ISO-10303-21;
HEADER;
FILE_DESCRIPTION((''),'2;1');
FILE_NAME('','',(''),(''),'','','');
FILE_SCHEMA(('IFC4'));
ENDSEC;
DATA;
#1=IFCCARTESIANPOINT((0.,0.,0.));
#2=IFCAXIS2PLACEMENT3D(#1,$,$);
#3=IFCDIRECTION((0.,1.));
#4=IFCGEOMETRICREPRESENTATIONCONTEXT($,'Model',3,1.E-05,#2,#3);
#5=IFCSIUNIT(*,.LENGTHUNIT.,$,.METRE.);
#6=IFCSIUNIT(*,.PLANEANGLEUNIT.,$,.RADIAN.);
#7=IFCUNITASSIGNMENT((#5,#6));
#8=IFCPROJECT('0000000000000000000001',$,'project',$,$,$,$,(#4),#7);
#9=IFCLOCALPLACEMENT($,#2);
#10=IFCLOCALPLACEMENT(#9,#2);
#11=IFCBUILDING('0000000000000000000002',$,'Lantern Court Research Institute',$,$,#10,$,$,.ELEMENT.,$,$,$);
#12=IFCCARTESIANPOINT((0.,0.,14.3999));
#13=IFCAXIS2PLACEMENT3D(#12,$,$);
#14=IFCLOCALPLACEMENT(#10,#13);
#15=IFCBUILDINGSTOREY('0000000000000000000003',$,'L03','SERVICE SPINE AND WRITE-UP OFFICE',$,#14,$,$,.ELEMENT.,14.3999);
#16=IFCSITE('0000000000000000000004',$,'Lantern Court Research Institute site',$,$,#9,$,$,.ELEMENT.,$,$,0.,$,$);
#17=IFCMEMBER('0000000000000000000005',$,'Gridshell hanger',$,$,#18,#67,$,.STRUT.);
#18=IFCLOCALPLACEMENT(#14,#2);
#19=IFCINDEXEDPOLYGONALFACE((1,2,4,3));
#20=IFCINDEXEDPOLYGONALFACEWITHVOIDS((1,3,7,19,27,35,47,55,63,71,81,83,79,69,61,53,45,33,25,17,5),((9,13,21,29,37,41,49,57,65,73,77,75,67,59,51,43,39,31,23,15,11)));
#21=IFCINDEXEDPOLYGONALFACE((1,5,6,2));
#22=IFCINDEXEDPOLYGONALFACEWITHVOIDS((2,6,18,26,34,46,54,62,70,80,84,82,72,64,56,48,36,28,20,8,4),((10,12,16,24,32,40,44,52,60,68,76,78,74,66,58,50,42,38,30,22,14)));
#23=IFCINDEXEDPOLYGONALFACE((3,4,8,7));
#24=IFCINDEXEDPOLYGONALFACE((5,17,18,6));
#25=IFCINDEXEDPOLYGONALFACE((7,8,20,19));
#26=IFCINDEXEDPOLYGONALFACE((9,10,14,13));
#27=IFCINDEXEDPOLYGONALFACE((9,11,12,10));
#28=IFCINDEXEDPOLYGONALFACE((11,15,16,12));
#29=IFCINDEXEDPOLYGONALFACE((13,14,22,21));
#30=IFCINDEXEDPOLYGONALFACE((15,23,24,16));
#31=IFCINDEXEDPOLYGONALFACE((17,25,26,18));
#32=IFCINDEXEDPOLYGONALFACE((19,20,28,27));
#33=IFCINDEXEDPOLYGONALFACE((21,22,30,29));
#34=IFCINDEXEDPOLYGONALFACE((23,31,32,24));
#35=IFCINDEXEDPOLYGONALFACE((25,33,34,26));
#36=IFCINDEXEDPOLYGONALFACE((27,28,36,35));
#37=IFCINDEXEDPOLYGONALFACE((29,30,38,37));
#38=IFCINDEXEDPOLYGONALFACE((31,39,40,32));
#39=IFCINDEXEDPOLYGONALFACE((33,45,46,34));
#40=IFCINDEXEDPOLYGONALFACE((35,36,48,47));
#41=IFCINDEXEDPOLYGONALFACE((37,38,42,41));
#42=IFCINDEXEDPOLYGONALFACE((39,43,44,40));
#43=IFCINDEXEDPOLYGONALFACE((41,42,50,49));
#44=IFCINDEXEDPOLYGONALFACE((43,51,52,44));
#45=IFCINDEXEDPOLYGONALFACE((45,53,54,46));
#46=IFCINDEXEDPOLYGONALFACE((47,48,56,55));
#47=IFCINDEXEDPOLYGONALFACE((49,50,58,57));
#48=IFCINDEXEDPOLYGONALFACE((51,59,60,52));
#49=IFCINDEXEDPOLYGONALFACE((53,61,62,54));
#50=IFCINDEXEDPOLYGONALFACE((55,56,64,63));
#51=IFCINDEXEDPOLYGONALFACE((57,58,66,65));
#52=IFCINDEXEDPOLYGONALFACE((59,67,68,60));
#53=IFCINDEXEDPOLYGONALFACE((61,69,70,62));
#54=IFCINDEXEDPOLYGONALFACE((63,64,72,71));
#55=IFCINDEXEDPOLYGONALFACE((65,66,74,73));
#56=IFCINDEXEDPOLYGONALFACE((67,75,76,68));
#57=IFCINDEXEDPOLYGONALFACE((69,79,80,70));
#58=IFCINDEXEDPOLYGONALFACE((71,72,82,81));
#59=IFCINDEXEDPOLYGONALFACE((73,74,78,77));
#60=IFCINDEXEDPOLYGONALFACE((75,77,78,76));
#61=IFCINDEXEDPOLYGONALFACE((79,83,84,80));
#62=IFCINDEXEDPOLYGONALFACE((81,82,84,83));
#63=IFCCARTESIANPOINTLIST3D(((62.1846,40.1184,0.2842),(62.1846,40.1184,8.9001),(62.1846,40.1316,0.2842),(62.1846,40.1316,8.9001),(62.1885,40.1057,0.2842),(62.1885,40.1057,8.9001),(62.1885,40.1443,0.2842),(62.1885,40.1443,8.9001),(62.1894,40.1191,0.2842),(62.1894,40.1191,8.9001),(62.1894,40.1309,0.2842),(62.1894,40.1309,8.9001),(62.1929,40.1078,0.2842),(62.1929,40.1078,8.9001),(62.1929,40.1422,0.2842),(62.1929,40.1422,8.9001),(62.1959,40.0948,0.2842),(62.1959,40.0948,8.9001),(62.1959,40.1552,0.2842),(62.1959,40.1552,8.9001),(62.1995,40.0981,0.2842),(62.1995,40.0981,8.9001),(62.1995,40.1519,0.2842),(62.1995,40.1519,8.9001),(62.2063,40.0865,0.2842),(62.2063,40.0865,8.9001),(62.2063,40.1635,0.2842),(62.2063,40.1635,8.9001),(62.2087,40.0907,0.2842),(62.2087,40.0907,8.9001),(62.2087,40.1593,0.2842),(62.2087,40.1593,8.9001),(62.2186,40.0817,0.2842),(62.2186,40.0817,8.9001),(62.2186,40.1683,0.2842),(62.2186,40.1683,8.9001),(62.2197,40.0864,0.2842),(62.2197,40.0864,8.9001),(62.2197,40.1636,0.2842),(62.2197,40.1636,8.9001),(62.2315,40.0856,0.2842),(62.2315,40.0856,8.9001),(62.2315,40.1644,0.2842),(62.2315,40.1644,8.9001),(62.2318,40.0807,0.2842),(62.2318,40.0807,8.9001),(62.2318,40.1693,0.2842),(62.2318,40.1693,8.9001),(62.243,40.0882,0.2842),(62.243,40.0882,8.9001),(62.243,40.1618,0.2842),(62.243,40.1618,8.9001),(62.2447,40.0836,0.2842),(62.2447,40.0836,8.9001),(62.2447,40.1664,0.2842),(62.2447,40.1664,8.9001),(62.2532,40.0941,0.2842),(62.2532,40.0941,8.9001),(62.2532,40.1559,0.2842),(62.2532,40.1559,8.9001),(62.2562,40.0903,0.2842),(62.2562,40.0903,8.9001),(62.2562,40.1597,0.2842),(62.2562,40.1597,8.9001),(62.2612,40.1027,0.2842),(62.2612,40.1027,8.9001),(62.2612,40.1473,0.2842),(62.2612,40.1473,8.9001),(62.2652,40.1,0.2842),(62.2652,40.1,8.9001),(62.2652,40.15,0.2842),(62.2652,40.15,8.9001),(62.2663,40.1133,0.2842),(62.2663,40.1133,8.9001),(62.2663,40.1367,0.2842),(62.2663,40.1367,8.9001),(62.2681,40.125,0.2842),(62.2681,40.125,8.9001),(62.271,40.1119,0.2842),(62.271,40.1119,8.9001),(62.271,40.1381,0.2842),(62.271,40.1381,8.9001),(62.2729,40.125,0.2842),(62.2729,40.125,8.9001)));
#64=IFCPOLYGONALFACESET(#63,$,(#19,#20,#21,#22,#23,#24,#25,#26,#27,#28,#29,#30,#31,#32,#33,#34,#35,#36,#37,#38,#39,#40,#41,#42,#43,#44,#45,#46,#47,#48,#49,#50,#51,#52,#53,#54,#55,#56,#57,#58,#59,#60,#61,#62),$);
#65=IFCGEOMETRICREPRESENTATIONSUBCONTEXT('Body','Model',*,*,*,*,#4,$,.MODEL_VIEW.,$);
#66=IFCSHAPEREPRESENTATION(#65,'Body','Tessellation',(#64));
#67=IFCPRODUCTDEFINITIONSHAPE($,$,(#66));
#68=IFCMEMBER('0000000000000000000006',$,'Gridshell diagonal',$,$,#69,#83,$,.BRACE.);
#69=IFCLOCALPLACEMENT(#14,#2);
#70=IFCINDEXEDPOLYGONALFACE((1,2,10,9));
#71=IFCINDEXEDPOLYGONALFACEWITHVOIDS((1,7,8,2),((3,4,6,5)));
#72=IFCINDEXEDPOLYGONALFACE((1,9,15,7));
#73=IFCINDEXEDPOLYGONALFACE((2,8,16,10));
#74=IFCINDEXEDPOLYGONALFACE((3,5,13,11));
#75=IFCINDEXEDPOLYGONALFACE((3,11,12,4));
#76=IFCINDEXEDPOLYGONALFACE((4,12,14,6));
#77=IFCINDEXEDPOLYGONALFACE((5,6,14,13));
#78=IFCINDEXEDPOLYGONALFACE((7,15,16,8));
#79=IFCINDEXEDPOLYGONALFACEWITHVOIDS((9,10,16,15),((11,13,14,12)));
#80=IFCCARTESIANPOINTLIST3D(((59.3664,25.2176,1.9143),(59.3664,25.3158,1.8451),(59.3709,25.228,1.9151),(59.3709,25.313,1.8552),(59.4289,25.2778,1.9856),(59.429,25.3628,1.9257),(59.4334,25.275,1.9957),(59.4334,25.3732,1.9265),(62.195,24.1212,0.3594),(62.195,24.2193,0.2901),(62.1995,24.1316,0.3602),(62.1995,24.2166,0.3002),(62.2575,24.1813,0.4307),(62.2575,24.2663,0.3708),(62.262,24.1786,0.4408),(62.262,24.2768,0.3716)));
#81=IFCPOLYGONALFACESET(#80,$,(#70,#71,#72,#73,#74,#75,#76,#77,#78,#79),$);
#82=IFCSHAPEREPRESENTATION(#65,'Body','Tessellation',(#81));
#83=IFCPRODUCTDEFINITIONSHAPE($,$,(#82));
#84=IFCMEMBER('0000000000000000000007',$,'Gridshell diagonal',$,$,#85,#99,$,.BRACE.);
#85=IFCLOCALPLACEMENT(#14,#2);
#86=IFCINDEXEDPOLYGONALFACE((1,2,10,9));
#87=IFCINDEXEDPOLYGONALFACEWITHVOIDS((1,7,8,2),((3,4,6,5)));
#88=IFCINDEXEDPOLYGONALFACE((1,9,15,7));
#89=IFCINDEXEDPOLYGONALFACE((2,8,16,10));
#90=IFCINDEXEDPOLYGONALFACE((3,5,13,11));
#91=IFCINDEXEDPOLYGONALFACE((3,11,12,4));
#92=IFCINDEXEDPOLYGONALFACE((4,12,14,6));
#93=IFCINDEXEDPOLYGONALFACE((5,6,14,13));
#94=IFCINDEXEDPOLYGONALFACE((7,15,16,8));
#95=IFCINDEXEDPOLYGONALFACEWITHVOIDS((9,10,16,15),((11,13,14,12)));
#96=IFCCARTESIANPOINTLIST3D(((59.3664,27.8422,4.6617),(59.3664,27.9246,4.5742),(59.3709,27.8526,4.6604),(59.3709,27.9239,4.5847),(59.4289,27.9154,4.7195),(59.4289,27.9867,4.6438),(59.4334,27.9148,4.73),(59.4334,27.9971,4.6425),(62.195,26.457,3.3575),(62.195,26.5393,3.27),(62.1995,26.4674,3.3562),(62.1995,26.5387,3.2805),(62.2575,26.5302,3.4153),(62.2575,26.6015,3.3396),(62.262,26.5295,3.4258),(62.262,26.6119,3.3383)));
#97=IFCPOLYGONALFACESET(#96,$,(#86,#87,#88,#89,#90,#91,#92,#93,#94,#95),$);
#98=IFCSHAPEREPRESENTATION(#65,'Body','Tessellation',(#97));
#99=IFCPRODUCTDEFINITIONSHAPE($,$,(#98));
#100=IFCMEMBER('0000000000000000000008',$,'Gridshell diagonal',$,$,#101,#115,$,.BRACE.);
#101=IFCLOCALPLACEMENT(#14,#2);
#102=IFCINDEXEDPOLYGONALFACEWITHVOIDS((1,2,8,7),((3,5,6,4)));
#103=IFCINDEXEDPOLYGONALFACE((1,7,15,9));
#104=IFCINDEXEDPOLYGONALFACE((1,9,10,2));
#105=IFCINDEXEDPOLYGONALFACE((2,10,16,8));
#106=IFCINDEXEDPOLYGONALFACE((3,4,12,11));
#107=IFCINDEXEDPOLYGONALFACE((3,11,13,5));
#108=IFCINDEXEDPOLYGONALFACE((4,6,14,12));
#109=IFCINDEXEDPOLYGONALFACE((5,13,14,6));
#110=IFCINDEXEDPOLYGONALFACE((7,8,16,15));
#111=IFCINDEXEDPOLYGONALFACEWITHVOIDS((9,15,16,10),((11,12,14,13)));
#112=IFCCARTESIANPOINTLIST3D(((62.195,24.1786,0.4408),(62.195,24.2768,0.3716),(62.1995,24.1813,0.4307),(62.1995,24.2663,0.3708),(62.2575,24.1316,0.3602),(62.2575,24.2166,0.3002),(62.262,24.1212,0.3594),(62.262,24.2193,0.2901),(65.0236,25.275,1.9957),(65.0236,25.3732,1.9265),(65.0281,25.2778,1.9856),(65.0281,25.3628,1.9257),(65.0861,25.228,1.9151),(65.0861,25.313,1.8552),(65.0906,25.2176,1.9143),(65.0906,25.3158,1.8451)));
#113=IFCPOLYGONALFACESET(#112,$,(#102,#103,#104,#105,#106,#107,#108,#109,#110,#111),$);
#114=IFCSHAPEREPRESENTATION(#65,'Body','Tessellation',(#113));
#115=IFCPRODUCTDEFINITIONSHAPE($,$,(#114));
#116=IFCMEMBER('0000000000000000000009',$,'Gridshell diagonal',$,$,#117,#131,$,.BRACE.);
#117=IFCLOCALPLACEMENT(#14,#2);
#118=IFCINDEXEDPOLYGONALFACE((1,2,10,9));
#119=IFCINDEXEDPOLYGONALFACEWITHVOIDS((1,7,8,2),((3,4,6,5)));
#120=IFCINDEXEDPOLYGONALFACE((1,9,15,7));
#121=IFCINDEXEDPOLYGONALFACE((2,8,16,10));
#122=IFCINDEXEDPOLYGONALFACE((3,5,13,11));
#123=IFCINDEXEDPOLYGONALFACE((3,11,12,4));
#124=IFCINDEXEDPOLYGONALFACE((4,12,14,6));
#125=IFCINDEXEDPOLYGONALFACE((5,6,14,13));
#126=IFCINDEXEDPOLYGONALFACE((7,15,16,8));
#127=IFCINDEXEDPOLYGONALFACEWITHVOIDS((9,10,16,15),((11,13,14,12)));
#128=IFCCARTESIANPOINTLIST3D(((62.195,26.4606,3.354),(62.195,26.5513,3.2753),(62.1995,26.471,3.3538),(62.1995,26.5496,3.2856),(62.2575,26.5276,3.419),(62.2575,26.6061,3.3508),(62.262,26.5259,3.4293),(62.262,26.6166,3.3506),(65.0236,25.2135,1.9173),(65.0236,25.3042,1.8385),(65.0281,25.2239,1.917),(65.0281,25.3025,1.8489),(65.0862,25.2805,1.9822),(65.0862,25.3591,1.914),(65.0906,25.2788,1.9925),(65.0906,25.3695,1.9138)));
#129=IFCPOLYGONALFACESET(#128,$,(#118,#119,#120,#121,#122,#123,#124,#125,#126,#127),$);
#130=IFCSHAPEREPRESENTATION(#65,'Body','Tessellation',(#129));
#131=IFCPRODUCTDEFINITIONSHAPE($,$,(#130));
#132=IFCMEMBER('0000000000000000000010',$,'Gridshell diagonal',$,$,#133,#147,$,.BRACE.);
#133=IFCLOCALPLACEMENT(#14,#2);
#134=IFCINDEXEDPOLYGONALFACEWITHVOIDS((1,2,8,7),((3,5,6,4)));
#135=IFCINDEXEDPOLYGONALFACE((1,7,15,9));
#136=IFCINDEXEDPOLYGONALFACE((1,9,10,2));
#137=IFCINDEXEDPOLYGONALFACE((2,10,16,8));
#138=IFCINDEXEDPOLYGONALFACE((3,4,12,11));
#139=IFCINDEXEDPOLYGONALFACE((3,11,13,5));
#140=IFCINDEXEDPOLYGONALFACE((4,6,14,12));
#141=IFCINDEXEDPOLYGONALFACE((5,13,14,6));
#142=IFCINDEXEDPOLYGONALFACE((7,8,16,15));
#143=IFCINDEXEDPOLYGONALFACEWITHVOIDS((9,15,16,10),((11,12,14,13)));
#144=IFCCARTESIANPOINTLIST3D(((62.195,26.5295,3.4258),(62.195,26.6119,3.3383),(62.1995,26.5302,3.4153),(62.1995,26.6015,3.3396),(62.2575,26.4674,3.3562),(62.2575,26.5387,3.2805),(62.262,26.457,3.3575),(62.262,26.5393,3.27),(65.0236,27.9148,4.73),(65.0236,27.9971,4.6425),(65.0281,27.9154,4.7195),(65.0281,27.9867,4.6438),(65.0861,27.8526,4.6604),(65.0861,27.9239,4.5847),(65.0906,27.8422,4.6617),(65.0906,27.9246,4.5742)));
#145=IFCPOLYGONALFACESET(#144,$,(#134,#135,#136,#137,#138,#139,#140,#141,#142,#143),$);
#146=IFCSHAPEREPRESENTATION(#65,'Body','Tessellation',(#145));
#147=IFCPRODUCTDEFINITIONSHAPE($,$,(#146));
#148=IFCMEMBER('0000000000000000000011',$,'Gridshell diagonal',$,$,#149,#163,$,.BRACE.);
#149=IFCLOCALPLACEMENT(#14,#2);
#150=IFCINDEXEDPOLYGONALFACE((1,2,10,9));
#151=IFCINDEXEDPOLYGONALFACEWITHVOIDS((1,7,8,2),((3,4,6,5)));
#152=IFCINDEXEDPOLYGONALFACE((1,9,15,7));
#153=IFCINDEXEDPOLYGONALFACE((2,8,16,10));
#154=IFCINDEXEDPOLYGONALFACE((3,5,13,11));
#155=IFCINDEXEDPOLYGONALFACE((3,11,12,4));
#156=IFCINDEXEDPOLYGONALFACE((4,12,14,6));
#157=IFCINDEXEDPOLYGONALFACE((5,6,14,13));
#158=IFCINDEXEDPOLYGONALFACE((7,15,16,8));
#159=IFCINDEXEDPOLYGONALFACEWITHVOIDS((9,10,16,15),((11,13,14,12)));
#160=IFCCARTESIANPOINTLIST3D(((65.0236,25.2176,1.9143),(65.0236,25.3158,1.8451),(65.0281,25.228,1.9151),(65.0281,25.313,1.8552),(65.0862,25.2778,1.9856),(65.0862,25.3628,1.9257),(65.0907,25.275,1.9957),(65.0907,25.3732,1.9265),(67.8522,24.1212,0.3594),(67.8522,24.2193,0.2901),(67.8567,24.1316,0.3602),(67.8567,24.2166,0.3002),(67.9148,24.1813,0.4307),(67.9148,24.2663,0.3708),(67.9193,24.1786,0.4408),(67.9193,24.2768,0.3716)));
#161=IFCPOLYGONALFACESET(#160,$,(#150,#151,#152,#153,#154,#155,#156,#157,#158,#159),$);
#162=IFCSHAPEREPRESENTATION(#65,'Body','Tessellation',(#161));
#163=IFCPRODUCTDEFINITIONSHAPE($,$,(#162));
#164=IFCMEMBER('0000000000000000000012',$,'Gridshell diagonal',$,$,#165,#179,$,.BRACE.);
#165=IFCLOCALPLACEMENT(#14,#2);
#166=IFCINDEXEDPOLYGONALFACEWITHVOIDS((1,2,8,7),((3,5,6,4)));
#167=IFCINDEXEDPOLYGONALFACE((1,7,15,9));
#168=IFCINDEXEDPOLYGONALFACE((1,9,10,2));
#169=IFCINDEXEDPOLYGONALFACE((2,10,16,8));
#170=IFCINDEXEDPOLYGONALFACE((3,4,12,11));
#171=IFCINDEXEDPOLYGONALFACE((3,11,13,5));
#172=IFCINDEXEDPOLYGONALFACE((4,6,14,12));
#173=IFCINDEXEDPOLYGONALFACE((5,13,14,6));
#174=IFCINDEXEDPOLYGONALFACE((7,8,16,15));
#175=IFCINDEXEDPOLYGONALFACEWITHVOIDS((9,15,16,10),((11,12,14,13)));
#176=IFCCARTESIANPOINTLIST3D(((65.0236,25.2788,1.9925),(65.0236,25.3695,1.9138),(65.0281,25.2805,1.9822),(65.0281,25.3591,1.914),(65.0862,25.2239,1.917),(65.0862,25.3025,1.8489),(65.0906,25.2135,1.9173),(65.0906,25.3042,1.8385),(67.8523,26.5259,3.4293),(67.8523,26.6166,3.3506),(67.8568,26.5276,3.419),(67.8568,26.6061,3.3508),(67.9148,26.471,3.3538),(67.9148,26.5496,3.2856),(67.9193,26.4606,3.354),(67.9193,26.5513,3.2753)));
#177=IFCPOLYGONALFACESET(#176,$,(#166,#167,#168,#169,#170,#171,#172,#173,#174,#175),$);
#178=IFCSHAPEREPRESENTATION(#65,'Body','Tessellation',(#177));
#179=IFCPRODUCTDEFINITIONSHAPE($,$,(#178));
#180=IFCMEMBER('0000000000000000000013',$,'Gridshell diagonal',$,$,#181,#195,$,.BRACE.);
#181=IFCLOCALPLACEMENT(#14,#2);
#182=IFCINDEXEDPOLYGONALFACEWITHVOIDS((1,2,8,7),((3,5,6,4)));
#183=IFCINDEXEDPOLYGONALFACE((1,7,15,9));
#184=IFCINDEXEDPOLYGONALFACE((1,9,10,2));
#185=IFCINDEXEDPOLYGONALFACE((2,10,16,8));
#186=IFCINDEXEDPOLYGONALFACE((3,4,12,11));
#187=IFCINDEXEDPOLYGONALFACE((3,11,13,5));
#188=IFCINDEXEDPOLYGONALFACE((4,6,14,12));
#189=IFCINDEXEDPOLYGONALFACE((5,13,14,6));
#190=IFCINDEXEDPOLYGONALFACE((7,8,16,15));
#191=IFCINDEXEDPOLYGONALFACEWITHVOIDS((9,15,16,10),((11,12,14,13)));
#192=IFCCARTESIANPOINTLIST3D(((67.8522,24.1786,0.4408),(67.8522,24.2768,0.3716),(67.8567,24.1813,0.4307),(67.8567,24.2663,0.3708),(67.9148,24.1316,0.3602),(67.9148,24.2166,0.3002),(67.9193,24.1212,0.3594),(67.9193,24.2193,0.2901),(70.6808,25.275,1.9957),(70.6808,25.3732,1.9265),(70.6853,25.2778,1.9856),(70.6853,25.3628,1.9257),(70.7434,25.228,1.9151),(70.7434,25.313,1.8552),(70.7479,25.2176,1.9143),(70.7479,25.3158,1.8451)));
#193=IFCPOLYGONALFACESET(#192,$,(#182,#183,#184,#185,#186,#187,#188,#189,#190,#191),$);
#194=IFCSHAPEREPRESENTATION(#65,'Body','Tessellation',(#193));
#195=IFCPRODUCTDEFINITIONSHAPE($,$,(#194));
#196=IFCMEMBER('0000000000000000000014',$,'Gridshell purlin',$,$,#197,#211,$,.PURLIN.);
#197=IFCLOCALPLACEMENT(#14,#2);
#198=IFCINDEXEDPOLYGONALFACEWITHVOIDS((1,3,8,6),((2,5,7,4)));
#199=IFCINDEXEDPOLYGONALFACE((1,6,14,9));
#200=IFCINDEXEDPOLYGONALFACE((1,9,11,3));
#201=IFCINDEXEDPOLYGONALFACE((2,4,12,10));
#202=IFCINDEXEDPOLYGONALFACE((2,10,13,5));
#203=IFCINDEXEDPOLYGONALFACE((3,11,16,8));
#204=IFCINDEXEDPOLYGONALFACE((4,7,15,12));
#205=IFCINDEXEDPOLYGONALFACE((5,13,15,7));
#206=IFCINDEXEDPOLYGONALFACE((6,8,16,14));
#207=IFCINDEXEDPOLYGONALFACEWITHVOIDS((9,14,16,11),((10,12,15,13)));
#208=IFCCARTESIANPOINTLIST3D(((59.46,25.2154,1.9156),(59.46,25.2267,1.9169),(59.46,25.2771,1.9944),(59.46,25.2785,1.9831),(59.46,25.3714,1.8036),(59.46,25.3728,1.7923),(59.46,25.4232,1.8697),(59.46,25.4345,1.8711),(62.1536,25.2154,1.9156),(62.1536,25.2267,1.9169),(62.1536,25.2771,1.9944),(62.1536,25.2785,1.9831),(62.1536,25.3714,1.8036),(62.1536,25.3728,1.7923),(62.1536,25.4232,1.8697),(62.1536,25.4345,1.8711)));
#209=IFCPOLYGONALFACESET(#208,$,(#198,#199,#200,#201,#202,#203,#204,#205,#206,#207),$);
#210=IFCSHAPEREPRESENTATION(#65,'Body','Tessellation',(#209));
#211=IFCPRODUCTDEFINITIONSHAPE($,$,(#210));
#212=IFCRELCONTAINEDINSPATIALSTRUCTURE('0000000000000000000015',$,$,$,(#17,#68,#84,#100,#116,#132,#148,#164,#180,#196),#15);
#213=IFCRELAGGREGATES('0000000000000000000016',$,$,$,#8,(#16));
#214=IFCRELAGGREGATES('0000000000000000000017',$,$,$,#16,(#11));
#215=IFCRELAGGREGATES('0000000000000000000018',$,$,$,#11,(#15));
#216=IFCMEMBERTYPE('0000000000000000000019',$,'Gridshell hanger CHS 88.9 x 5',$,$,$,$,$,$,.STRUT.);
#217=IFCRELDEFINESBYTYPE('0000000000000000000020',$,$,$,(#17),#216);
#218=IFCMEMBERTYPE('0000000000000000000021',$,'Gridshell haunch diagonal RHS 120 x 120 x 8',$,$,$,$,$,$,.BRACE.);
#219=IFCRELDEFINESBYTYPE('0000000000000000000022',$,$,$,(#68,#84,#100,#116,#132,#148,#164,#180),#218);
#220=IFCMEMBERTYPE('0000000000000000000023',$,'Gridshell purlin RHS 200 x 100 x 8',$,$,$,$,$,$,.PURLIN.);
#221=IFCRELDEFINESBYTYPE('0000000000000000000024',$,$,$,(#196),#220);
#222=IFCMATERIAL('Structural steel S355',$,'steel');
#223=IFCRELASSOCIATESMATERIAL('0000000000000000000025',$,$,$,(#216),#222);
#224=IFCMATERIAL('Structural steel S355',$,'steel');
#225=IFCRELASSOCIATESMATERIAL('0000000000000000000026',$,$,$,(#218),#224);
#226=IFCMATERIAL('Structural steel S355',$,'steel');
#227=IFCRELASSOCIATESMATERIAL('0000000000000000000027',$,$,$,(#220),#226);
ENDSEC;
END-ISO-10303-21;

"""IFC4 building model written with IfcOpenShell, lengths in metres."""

from ifc_helpers import new_model, si_unit, direction, frame, origin, origin_2d, place, context, subcontext, project, spatial, hollow_rectangle, hollow_circle, extrude, material, material_profile, profile_set, type_object, element, save


model = new_model("IFC4")

# Units and contexts
model_context = context("Model", 3, precision=1e-05, world=origin(), true_north=direction((0.0, 1.0)))
body_context = subcontext(model_context, "Body", "Model", "MODEL_VIEW")
ifc_project = project(units=[si_unit("LENGTHUNIT", "METRE"), si_unit("PLANEANGLEUNIT", "RADIAN")], contexts=[model_context])

# Site, building, storey
site_placement = place(None, origin())
site = spatial("IfcSite", under=ifc_project, at=site_placement, Name="Lantern Court Research Institute site", CompositionType="ELEMENT", RefElevation=0.0)
building_placement = place(site_placement, origin())
building = spatial("IfcBuilding", under=site, at=building_placement, Name="Lantern Court Research Institute", CompositionType="ELEMENT")
storey_placement = place(building_placement, frame((0.0, 0.0, 14.3999)))
storey = spatial("IfcBuildingStorey", under=building, at=storey_placement, Name="L03", Description="SERVICE SPINE AND WRITE-UP OFFICE", CompositionType="ELEMENT", Elevation=14.3999)

# Members
ifc_material_1 = material(Name="Structural steel S355", Category="steel")
ifc_material_profile_1 = material_profile(ifc_material_1, hollow_circle(Radius=0.0444, WallThickness=0.0049, at=origin_2d()), Name="Gridshell hanger CHS 88.9 x 5")
ifc_profile_set_1 = profile_set([ifc_material_profile_1], Name="Structural steel S355")
member_type_1 = type_object("IfcMemberType", Name="Gridshell hanger CHS 88.9 x 5", PredefinedType="STRUT", material=ifc_profile_set_1)
member_1_placement = place(storey_placement, frame((62.2285, 40.125, 0.2842), z_axis=(0.0, 0.0, 1.0), x_axis=(1.0, 0.0, 0.0)))
element("IfcMember", 1, at=member_1_placement, inside=storey, type_object=member_type_1, Name="Gridshell hanger", PredefinedType="STRUT", context=body_context, shape_type="SweptSolid", body=[
    extrude(hollow_circle(Radius=0.0444, WallThickness=0.0049, at=origin_2d()), origin(), (0.0, 0.0, 1.0), 8.616),
])
ifc_material_2 = material(Name="Structural steel S355", Category="steel")
ifc_material_profile_2 = material_profile(ifc_material_2, hollow_rectangle(XDim=0.1201, YDim=0.1201, WallThickness=0.0081, at=origin_2d()), Name="Gridshell haunch diagonal RHS 120 x 120 x 8")
ifc_profile_set_2 = profile_set([ifc_material_profile_2], Name="Structural steel S355")
member_type_2 = type_object("IfcMemberType", Name="Gridshell haunch diagonal RHS 120 x 120 x 8", PredefinedType="BRACE", material=ifc_profile_set_2)
for number, where, z_axis, x_axis, name in (
    (2, (62.2285, 24.199, 0.3655), (-0.829757, 0.321633, 0.45613), (-0.558124, -0.478138, -0.678146), "Gridshell diagonal"),
    (3, (62.2285, 26.5344, 3.3479), (-0.829762, 0.406358, 0.382581), (-0.558118, -0.604141, -0.568786), "Gridshell diagonal"),
    (4, (62.2285, 24.199, 0.3655), (0.829757, 0.321633, 0.45613), (-0.558124, 0.478138, 0.678146), "Gridshell diagonal"),
    (5, (65.0571, 25.2915, 1.9155), (-0.829775, 0.365829, 0.421477), (-0.558098, -0.543914, -0.626645), "Gridshell diagonal"),
    (6, (62.2285, 26.5344, 3.3479), (0.829762, 0.406358, 0.382581), (-0.558118, 0.604141, 0.568786), "Gridshell diagonal"),
    (7, (67.8857, 24.199, 0.3655), (-0.829757, 0.321633, 0.45613), (-0.558124, -0.478138, -0.678146), "Gridshell diagonal"),
    (8, (65.0571, 25.2915, 1.9155), (0.829775, 0.365829, 0.421477), (-0.558098, 0.543914, 0.626645), "Gridshell diagonal"),
    (9, (67.8857, 24.199, 0.3655), (0.829757, 0.321633, 0.45613), (-0.558124, 0.478138, 0.678146), "Gridshell diagonal"),
):
    element("IfcMember", number, at=place(storey_placement, frame(where, z_axis=z_axis, x_axis=x_axis)), inside=storey, type_object=member_type_2, Name=name, PredefinedType="BRACE", context=body_context, shape_type="SweptSolid", body=[
        extrude(hollow_rectangle(XDim=0.1201, YDim=0.1201, WallThickness=0.0081, at=origin_2d()), origin(), (0.0, 0.0, 1.0), 3.4089),
    ])
ifc_material_3 = material(Name="Structural steel S355", Category="steel")
ifc_material_profile_3 = material_profile(ifc_material_3, hollow_rectangle(XDim=0.1001, YDim=0.2, WallThickness=0.0081, at=origin_2d()), Name="Gridshell purlin RHS 200 x 100 x 8")
ifc_profile_set_3 = profile_set([ifc_material_profile_3], Name="Structural steel S355")
member_type_3 = type_object("IfcMemberType", Name="Gridshell purlin RHS 200 x 100 x 8", PredefinedType="PURLIN", material=ifc_profile_set_3)
for number, where, z_axis, x_axis, name in (
    (10, (59.46, 25.325, 1.8933), (1.0, 0.0, 0.0), (0.0, 0.616657, 0.787232), "Gridshell purlin"),
):
    element("IfcMember", number, at=place(storey_placement, frame(where, z_axis=z_axis, x_axis=x_axis)), inside=storey, type_object=member_type_3, Name=name, PredefinedType="PURLIN", context=body_context, shape_type="SweptSolid", body=[
        extrude(hollow_rectangle(XDim=0.1001, YDim=0.2, WallThickness=0.0081, at=origin_2d()), origin(), (0.0, 0.0, 1.0), 2.6936),
    ])

save(model, "model.ifc")
